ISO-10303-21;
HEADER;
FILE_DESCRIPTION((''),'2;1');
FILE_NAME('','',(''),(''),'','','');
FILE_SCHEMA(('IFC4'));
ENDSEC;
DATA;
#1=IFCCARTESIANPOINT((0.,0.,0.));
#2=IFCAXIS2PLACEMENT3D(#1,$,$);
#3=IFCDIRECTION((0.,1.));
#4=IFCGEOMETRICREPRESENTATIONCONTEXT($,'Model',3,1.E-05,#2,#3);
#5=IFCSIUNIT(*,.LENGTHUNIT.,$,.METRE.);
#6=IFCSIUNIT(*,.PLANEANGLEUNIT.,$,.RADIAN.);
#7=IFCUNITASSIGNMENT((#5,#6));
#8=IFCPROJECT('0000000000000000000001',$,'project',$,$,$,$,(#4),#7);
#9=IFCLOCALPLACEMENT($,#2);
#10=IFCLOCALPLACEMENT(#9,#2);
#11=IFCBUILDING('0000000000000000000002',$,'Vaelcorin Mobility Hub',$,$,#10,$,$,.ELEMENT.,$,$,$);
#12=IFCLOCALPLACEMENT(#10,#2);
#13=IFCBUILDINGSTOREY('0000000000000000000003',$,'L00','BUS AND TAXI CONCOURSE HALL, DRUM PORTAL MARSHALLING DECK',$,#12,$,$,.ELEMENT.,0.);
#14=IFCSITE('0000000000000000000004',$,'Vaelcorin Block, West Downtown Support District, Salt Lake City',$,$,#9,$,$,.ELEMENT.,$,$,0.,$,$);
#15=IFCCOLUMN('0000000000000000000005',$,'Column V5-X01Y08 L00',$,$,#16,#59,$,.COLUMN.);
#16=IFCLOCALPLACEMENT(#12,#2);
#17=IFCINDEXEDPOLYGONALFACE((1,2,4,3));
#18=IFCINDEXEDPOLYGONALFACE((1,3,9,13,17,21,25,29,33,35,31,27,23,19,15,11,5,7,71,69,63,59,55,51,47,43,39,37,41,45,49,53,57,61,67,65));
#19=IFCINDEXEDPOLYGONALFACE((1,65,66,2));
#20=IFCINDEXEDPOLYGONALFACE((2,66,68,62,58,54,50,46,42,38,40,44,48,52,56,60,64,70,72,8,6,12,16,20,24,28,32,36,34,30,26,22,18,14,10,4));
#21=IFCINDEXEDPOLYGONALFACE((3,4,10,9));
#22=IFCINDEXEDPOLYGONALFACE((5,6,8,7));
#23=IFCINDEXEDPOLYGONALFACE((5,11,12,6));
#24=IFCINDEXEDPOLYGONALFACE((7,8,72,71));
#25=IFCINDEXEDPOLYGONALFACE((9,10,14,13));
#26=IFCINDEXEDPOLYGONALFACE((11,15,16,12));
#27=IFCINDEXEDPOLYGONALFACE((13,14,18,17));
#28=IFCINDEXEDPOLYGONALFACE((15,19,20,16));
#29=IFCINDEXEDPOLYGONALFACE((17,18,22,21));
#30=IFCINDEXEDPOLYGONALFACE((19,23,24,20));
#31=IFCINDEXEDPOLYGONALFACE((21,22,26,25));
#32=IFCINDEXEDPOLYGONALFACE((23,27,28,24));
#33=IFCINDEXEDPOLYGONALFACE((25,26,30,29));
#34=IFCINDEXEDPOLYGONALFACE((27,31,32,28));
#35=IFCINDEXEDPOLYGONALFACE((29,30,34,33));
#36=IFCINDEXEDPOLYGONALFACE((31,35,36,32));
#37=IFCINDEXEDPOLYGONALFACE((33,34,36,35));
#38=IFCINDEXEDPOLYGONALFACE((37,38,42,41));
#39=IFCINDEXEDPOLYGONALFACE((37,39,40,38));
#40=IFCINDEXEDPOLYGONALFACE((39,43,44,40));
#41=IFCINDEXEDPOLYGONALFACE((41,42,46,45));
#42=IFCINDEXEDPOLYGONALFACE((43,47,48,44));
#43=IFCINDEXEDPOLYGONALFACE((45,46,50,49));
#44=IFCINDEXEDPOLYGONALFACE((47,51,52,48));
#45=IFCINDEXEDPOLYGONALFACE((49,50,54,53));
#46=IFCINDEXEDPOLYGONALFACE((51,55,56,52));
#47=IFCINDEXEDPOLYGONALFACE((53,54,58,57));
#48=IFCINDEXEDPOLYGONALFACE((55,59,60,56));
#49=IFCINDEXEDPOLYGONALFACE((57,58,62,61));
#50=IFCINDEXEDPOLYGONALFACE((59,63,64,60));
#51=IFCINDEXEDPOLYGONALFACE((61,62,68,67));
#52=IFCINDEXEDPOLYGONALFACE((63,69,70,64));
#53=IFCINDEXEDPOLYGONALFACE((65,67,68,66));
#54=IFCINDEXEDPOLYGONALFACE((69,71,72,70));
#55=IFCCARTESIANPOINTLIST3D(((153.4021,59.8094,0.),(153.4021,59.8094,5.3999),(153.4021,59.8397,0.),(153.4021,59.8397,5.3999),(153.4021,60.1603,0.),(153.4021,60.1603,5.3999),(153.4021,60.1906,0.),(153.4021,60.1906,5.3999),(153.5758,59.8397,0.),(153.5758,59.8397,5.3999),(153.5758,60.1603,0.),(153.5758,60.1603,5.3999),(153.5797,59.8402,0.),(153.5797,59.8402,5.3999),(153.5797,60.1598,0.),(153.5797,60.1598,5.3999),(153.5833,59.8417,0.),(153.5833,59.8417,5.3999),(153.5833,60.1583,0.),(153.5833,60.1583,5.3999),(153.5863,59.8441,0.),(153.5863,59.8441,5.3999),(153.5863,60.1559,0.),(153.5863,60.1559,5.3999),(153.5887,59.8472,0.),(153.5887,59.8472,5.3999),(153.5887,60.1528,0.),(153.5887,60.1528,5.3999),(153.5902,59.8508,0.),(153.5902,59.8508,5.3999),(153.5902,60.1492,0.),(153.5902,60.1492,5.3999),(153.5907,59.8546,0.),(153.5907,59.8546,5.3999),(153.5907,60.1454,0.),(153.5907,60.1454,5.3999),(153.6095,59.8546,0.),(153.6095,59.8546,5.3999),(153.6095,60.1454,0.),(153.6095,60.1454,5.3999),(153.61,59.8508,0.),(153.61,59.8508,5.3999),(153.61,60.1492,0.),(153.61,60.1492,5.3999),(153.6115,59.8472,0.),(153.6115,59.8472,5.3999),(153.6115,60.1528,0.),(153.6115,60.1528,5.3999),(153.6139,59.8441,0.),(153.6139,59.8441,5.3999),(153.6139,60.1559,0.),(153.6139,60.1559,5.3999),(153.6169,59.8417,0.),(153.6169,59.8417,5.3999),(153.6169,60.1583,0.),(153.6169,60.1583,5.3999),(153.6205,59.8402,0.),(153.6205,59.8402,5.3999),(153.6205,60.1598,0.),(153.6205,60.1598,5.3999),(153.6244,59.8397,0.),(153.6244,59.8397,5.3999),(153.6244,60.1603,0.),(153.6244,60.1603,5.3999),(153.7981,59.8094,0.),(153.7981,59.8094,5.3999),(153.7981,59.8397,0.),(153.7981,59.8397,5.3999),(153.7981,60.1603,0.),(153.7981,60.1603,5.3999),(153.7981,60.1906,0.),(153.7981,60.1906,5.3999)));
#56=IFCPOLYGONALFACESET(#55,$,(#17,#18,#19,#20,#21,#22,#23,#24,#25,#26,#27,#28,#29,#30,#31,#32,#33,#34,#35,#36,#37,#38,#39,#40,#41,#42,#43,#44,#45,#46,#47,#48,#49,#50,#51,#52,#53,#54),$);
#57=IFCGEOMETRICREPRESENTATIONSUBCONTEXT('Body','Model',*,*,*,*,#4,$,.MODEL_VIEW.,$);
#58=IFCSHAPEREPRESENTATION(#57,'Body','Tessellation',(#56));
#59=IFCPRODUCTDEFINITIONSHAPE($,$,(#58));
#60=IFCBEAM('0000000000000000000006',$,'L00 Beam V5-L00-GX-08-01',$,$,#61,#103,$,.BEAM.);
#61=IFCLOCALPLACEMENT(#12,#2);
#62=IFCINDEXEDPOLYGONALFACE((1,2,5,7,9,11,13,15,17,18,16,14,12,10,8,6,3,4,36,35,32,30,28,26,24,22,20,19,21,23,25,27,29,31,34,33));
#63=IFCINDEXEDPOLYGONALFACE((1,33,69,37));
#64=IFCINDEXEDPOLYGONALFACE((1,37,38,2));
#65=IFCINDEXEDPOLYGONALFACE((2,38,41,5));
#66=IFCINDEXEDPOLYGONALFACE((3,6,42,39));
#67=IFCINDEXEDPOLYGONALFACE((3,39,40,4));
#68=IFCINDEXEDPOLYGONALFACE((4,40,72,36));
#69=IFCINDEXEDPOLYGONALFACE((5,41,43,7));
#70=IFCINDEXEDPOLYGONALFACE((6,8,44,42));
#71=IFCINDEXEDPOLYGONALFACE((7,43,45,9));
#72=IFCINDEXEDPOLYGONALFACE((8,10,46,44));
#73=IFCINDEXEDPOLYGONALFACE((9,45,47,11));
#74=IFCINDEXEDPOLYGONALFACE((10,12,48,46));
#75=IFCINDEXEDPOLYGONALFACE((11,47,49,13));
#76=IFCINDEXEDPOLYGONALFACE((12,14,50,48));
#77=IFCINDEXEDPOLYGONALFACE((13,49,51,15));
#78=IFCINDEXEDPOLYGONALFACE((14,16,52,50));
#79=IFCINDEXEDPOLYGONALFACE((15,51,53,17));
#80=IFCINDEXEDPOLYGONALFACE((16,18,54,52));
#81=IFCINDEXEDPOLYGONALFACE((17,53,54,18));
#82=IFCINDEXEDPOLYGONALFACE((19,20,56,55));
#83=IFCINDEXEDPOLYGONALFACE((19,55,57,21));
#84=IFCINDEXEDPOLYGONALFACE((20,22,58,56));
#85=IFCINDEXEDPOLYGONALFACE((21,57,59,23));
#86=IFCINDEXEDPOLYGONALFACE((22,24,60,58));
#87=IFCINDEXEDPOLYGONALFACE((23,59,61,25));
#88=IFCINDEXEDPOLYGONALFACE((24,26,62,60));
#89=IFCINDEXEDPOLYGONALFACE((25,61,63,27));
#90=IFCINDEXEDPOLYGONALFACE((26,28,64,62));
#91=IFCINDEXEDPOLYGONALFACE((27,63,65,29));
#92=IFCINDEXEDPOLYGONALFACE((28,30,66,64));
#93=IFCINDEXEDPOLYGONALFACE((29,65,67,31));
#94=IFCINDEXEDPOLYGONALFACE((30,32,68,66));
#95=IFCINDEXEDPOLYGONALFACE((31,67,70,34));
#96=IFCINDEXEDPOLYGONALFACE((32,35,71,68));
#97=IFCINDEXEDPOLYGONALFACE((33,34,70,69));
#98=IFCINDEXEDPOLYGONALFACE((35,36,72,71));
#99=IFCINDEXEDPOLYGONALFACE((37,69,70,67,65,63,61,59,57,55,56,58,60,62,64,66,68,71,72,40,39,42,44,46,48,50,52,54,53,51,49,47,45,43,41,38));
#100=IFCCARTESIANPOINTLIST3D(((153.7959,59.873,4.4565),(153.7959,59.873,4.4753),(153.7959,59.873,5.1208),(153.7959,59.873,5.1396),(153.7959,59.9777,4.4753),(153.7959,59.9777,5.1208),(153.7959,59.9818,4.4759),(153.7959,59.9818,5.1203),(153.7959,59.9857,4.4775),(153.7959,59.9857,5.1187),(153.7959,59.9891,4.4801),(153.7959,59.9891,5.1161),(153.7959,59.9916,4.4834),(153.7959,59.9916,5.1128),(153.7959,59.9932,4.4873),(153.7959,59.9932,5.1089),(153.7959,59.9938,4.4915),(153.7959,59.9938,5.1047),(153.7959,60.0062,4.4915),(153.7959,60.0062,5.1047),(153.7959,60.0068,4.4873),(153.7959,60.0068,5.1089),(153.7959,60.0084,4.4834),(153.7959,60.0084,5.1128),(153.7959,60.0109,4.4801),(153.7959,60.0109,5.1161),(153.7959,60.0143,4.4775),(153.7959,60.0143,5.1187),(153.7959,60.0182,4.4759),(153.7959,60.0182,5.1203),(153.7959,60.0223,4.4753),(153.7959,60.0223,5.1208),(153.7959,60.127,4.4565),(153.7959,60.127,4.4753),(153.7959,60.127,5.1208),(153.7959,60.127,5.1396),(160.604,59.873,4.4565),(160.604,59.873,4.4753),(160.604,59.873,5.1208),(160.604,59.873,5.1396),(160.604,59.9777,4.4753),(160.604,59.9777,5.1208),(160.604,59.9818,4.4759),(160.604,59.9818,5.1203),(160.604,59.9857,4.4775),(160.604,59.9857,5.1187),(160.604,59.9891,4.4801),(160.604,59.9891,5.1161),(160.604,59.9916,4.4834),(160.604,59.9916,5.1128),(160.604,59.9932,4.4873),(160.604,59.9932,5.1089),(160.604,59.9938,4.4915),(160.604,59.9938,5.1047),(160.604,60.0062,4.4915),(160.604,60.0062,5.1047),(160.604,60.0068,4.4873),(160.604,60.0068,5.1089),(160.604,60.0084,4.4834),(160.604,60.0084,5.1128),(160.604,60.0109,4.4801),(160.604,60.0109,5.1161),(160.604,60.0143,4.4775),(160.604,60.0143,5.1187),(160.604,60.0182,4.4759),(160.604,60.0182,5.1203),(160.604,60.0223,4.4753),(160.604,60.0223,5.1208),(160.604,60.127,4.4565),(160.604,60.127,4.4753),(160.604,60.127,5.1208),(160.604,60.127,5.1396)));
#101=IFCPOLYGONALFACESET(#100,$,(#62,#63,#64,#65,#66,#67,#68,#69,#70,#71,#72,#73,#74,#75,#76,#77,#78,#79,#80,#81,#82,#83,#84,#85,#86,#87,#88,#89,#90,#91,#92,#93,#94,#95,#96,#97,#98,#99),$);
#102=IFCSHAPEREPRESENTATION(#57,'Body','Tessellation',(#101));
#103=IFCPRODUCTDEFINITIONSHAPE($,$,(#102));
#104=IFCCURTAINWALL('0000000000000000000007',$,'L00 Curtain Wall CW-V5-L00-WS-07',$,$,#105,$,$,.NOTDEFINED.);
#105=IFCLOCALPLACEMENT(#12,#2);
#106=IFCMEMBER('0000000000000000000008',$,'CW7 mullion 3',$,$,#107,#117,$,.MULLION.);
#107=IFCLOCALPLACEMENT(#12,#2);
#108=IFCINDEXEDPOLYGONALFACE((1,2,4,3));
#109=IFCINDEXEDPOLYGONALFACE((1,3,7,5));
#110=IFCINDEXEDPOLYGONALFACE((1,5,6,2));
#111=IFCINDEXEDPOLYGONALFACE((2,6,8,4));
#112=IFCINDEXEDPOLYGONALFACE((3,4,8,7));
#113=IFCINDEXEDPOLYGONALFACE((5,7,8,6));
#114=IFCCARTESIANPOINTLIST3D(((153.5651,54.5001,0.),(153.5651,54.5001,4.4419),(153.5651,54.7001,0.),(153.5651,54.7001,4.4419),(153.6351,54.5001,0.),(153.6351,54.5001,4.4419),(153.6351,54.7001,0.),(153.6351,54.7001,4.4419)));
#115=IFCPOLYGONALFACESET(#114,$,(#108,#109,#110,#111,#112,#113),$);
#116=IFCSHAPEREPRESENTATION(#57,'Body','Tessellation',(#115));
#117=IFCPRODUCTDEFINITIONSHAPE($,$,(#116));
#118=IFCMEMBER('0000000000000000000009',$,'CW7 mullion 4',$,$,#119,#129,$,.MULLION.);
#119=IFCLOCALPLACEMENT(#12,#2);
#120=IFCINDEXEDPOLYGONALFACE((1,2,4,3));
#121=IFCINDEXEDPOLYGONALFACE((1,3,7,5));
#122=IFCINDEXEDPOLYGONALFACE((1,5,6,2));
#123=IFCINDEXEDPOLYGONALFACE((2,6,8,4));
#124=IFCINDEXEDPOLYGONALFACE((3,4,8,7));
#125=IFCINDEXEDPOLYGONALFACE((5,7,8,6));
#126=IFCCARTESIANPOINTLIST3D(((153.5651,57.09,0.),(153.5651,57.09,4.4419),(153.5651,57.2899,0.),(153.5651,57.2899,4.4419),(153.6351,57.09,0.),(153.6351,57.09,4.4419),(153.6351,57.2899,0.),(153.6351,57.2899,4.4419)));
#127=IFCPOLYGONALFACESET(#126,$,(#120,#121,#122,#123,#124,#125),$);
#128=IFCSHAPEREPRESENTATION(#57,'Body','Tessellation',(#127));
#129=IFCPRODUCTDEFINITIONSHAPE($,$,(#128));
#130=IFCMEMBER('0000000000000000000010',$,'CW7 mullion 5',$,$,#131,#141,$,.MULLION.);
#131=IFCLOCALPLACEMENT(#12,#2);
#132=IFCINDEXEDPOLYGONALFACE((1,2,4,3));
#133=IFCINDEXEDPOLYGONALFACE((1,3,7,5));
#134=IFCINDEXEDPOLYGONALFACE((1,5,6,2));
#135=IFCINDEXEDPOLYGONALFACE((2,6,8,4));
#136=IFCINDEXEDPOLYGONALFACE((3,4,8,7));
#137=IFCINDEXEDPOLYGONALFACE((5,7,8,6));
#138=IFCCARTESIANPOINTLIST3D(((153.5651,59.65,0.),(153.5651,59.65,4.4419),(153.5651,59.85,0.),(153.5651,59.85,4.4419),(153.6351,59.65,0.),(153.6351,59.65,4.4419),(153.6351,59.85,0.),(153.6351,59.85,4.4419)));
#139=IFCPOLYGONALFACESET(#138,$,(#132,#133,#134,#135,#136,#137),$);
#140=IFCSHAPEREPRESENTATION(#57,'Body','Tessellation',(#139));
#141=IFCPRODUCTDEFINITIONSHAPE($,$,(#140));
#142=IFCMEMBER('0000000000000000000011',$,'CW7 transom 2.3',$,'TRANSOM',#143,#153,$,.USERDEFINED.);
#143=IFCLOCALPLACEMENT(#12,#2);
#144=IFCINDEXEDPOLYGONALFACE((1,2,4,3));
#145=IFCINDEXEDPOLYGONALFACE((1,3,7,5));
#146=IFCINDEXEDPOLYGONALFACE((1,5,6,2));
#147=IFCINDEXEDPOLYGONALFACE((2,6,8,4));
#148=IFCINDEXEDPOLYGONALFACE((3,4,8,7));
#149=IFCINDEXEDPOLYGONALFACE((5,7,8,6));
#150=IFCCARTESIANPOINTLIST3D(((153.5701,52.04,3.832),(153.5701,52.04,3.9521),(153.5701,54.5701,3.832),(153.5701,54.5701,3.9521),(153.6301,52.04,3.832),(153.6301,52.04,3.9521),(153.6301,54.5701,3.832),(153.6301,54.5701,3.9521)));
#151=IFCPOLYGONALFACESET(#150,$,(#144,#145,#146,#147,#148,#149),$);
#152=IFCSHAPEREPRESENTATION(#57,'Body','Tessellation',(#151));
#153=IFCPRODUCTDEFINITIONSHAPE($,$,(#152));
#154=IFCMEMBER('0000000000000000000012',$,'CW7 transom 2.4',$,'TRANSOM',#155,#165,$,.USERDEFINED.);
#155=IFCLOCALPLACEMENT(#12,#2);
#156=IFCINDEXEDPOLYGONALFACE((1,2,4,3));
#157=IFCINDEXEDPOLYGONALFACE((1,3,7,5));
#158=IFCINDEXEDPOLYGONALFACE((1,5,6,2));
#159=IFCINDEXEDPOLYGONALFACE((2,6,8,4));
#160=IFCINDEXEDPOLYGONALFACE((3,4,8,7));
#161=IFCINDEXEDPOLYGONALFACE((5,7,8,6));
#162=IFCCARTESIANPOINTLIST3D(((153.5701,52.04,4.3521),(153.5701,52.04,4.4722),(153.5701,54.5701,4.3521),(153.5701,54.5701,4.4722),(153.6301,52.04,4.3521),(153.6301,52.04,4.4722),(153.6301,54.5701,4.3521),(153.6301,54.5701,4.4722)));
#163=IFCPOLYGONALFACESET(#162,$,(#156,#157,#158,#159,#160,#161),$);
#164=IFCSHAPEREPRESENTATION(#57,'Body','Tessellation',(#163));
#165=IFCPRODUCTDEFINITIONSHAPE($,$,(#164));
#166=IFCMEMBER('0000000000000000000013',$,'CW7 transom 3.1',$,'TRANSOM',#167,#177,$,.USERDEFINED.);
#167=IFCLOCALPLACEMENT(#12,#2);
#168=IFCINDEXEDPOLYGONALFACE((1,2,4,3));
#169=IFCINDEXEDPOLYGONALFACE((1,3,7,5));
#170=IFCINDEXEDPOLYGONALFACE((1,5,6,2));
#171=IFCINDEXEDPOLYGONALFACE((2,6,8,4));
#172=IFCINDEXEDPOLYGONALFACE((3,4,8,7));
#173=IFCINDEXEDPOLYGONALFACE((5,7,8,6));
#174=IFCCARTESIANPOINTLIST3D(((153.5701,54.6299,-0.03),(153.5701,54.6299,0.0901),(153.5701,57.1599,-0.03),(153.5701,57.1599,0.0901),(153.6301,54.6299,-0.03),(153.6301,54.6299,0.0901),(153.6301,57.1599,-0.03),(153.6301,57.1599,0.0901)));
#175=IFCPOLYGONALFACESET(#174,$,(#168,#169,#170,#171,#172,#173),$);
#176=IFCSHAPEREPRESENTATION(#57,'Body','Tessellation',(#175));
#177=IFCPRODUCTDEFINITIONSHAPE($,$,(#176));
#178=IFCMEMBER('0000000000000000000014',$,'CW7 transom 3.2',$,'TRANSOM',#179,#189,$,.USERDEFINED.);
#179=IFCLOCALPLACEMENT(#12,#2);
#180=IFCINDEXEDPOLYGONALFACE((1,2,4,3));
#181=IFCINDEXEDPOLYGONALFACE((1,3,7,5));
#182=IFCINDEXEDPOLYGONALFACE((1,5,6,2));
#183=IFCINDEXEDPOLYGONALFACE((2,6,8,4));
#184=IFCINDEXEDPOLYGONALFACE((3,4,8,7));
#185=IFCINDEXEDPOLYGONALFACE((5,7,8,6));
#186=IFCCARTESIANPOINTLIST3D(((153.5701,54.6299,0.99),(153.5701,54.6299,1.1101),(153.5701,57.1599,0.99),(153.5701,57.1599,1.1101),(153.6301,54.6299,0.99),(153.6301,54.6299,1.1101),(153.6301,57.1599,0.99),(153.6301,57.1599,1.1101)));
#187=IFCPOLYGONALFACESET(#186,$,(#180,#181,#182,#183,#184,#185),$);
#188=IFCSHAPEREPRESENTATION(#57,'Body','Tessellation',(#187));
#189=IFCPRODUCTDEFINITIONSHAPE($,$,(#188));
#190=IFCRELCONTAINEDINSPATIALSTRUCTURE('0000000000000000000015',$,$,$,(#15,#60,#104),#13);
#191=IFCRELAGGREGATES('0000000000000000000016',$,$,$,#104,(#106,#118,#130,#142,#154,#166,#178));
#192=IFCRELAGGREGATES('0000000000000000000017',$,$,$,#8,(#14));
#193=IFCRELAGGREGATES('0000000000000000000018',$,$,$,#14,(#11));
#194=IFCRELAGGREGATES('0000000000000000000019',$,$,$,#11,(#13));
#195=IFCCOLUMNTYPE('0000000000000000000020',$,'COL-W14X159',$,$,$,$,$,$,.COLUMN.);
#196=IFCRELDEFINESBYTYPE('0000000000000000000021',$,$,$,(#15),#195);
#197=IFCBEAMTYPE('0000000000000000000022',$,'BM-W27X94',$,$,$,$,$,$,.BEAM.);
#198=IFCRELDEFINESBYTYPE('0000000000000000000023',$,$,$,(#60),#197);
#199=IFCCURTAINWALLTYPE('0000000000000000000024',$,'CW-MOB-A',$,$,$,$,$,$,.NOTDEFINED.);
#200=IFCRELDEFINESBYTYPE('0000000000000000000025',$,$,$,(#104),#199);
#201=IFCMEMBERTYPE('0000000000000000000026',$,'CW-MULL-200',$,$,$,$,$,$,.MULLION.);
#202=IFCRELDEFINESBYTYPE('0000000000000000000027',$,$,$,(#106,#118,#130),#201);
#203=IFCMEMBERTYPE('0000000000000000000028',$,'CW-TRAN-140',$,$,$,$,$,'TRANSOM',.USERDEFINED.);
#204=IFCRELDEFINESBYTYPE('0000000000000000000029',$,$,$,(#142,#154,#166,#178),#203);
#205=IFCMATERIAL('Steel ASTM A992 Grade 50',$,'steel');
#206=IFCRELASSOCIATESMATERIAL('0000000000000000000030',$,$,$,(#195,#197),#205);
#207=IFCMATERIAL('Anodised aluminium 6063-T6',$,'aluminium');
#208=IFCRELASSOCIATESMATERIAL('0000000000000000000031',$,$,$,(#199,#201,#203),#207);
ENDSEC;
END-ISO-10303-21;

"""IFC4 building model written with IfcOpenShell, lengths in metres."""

from ifc_helpers import new_model, si_unit, direction, frame, origin, origin_2d, place, context, subcontext, project, spatial, rectangle, i_section, extrude, material, material_profile, profile_set, type_object, element, aggregate, save


model = new_model("IFC4")

# Units and contexts
model_context = context("Model", 3, precision=1e-05, world=origin(), true_north=direction((0.0, 1.0)))
body_context = subcontext(model_context, "Body", "Model", "MODEL_VIEW")
ifc_project = project(units=[si_unit("LENGTHUNIT", "METRE"), si_unit("PLANEANGLEUNIT", "RADIAN")], contexts=[model_context])

# Site, building, storey
site_placement = place(None, origin())
site = spatial("IfcSite", under=ifc_project, at=site_placement, Name="Vaelcorin Block, West Downtown Support District, Salt Lake City", CompositionType="ELEMENT", RefElevation=0.0)
building_placement = place(site_placement, origin())
building = spatial("IfcBuilding", under=site, at=building_placement, Name="Vaelcorin Mobility Hub", CompositionType="ELEMENT")
storey_placement = place(building_placement, origin())
storey = spatial("IfcBuildingStorey", under=building, at=storey_placement, Name="L00", Description="BUS AND TAXI CONCOURSE HALL, DRUM PORTAL MARSHALLING DECK", CompositionType="ELEMENT", Elevation=0.0)

# Column
ifc_material_1 = material(Name="Steel ASTM A992 Grade 50", Category="steel")
ifc_material_profile_1 = material_profile(ifc_material_1, i_section(OverallWidth=0.396, OverallDepth=0.3811, WebThickness=0.0188, FlangeThickness=0.0303, FilletRadius=0.0149, at=origin_2d()), Name="W14X159")
ifc_profile_set_1 = profile_set([ifc_material_profile_1], Name="Steel ASTM A992 Grade 50")
column_type = type_object("IfcColumnType", Name="COL-W14X159", PredefinedType="COLUMN", material=ifc_profile_set_1)
column_placement = place(storey_placement, frame((153.6001, 60.0, 0.0), z_axis=(0.0, 0.0, 1.0), x_axis=(1.0, 0.0, 0.0)))
element("IfcColumn", 1, at=column_placement, inside=storey, type_object=column_type, Name="Column V5-X01Y08 L00", PredefinedType="COLUMN", context=body_context, shape_type="SweptSolid", body=[
    extrude(i_section(OverallWidth=0.396, OverallDepth=0.3811, WebThickness=0.0188, FlangeThickness=0.0303, FilletRadius=0.0149, at=origin_2d()), origin(), (0.0, 0.0, 1.0), 5.3999),
])

# Beam
ifc_material_profile_2 = material_profile(ifc_material_1, i_section(OverallWidth=0.2539, OverallDepth=0.6831, WebThickness=0.0125, FlangeThickness=0.0188, FilletRadius=0.0161, at=origin_2d()), Name="W27X94")
ifc_profile_set_2 = profile_set([ifc_material_profile_2], Name="Steel ASTM A992 Grade 50")
beam_type = type_object("IfcBeamType", Name="BM-W27X94", PredefinedType="BEAM", material=ifc_profile_set_2)
beam_placement = place(storey_placement, frame((153.7959, 60.0, 4.7981), z_axis=(1.0, 0.0, 0.0), x_axis=(0.0, 1.0, 0.0)))
element("IfcBeam", 2, at=beam_placement, inside=storey, type_object=beam_type, Name="L00 Beam V5-L00-GX-08-01", PredefinedType="BEAM", context=body_context, shape_type="SweptSolid", body=[
    extrude(i_section(OverallWidth=0.2539, OverallDepth=0.6831, WebThickness=0.0125, FlangeThickness=0.0188, FilletRadius=0.0161, at=origin_2d()), origin(), (0.0, 0.0, 1.0), 6.8081),
])

# Curtain wall, members
ifc_material_2 = material(Name="Anodised aluminium 6063-T6", Category="aluminium")
curtain_wall_type = type_object("IfcCurtainWallType", Name="CW-MOB-A", PredefinedType="NOTDEFINED", material=ifc_material_2)
curtain_wall_placement = place(storey_placement, origin())
curtain_wall = element("IfcCurtainWall", 3, at=curtain_wall_placement, inside=storey, type_object=curtain_wall_type, Name="L00 Curtain Wall CW-V5-L00-WS-07", PredefinedType="NOTDEFINED")
ifc_material_profile_3 = material_profile(ifc_material_2, rectangle(XDim=0.0701, YDim=0.2, at=origin_2d()), Name="ALU-M70X200")
ifc_profile_set_3 = profile_set([ifc_material_profile_3], Name="Anodised aluminium 6063-T6")
member_type_1 = type_object("IfcMemberType", Name="CW-MULL-200", PredefinedType="MULLION", material=ifc_profile_set_3)
member_1_placement = place(storey_placement, frame((153.6001, 54.6001, 0.0), z_axis=(0.0, 0.0, 1.0), x_axis=(-1.0, 0.0, 0.0)))
member_1 = element("IfcMember", 4, at=member_1_placement, type_object=member_type_1, Name="CW7 mullion 3", PredefinedType="MULLION", context=body_context, shape_type="SweptSolid", body=[
    extrude(rectangle(XDim=0.0701, YDim=0.2, at=origin_2d()), origin(), (0.0, 0.0, 1.0), 4.4419),
])
member_2_placement = place(storey_placement, frame((153.6001, 57.1899, 0.0), z_axis=(0.0, 0.0, 1.0), x_axis=(-1.0, 0.0, 0.0)))
member_2 = element("IfcMember", 5, at=member_2_placement, type_object=member_type_1, Name="CW7 mullion 4", PredefinedType="MULLION", context=body_context, shape_type="SweptSolid", body=[
    extrude(rectangle(XDim=0.0701, YDim=0.2, at=origin_2d()), origin(), (0.0, 0.0, 1.0), 4.4419),
])
member_3_placement = place(storey_placement, frame((153.6001, 59.75, 0.0), z_axis=(0.0, 0.0, 1.0), x_axis=(-1.0, 0.0, 0.0)))
member_3 = element("IfcMember", 6, at=member_3_placement, type_object=member_type_1, Name="CW7 mullion 5", PredefinedType="MULLION", context=body_context, shape_type="SweptSolid", body=[
    extrude(rectangle(XDim=0.0701, YDim=0.2, at=origin_2d()), origin(), (0.0, 0.0, 1.0), 4.4419),
])
ifc_material_profile_4 = material_profile(ifc_material_2, rectangle(XDim=0.0601, YDim=0.1201, at=origin_2d()), Name="ALU-T60X120")
ifc_profile_set_4 = profile_set([ifc_material_profile_4], Name="Anodised aluminium 6063-T6")
member_type_2 = type_object("IfcMemberType", Name="CW-TRAN-140", ElementType="TRANSOM", PredefinedType="USERDEFINED", material=ifc_profile_set_4)
member_4_placement = place(storey_placement, frame((153.6001, 52.04, 3.8921), z_axis=(0.0, 1.0, 0.0), x_axis=(-1.0, 0.0, 0.0)))
member_4 = element("IfcMember", 7, at=member_4_placement, type_object=member_type_2, Name="CW7 transom 2.3", ObjectType="TRANSOM", PredefinedType="USERDEFINED", context=body_context, shape_type="SweptSolid", body=[
    extrude(rectangle(XDim=0.0601, YDim=0.1201, at=origin_2d()), origin(), (0.0, 0.0, 1.0), 2.53),
])
member_5_placement = place(storey_placement, frame((153.6001, 52.04, 4.4121), z_axis=(0.0, 1.0, 0.0), x_axis=(-1.0, 0.0, 0.0)))
member_5 = element("IfcMember", 8, at=member_5_placement, type_object=member_type_2, Name="CW7 transom 2.4", ObjectType="TRANSOM", PredefinedType="USERDEFINED", context=body_context, shape_type="SweptSolid", body=[
    extrude(rectangle(XDim=0.0601, YDim=0.1201, at=origin_2d()), origin(), (0.0, 0.0, 1.0), 2.53),
])
member_6_placement = place(storey_placement, frame((153.6001, 54.6299, 0.03), z_axis=(0.0, 1.0, 0.0), x_axis=(-1.0, 0.0, 0.0)))
member_6 = element("IfcMember", 9, at=member_6_placement, type_object=member_type_2, Name="CW7 transom 3.1", ObjectType="TRANSOM", PredefinedType="USERDEFINED", context=body_context, shape_type="SweptSolid", body=[
    extrude(rectangle(XDim=0.0601, YDim=0.1201, at=origin_2d()), origin(), (0.0, 0.0, 1.0), 2.53),
])
member_7_placement = place(storey_placement, frame((153.6001, 54.6299, 1.05), z_axis=(0.0, 1.0, 0.0), x_axis=(-1.0, 0.0, 0.0)))
member_7 = element("IfcMember", 10, at=member_7_placement, type_object=member_type_2, Name="CW7 transom 3.2", ObjectType="TRANSOM", PredefinedType="USERDEFINED", context=body_context, shape_type="SweptSolid", body=[
    extrude(rectangle(XDim=0.0601, YDim=0.1201, at=origin_2d()), origin(), (0.0, 0.0, 1.0), 2.53),
])
aggregate(curtain_wall, [member_1, member_2, member_3, member_4, member_5, member_6, member_7])

save(model, "model.ifc")
